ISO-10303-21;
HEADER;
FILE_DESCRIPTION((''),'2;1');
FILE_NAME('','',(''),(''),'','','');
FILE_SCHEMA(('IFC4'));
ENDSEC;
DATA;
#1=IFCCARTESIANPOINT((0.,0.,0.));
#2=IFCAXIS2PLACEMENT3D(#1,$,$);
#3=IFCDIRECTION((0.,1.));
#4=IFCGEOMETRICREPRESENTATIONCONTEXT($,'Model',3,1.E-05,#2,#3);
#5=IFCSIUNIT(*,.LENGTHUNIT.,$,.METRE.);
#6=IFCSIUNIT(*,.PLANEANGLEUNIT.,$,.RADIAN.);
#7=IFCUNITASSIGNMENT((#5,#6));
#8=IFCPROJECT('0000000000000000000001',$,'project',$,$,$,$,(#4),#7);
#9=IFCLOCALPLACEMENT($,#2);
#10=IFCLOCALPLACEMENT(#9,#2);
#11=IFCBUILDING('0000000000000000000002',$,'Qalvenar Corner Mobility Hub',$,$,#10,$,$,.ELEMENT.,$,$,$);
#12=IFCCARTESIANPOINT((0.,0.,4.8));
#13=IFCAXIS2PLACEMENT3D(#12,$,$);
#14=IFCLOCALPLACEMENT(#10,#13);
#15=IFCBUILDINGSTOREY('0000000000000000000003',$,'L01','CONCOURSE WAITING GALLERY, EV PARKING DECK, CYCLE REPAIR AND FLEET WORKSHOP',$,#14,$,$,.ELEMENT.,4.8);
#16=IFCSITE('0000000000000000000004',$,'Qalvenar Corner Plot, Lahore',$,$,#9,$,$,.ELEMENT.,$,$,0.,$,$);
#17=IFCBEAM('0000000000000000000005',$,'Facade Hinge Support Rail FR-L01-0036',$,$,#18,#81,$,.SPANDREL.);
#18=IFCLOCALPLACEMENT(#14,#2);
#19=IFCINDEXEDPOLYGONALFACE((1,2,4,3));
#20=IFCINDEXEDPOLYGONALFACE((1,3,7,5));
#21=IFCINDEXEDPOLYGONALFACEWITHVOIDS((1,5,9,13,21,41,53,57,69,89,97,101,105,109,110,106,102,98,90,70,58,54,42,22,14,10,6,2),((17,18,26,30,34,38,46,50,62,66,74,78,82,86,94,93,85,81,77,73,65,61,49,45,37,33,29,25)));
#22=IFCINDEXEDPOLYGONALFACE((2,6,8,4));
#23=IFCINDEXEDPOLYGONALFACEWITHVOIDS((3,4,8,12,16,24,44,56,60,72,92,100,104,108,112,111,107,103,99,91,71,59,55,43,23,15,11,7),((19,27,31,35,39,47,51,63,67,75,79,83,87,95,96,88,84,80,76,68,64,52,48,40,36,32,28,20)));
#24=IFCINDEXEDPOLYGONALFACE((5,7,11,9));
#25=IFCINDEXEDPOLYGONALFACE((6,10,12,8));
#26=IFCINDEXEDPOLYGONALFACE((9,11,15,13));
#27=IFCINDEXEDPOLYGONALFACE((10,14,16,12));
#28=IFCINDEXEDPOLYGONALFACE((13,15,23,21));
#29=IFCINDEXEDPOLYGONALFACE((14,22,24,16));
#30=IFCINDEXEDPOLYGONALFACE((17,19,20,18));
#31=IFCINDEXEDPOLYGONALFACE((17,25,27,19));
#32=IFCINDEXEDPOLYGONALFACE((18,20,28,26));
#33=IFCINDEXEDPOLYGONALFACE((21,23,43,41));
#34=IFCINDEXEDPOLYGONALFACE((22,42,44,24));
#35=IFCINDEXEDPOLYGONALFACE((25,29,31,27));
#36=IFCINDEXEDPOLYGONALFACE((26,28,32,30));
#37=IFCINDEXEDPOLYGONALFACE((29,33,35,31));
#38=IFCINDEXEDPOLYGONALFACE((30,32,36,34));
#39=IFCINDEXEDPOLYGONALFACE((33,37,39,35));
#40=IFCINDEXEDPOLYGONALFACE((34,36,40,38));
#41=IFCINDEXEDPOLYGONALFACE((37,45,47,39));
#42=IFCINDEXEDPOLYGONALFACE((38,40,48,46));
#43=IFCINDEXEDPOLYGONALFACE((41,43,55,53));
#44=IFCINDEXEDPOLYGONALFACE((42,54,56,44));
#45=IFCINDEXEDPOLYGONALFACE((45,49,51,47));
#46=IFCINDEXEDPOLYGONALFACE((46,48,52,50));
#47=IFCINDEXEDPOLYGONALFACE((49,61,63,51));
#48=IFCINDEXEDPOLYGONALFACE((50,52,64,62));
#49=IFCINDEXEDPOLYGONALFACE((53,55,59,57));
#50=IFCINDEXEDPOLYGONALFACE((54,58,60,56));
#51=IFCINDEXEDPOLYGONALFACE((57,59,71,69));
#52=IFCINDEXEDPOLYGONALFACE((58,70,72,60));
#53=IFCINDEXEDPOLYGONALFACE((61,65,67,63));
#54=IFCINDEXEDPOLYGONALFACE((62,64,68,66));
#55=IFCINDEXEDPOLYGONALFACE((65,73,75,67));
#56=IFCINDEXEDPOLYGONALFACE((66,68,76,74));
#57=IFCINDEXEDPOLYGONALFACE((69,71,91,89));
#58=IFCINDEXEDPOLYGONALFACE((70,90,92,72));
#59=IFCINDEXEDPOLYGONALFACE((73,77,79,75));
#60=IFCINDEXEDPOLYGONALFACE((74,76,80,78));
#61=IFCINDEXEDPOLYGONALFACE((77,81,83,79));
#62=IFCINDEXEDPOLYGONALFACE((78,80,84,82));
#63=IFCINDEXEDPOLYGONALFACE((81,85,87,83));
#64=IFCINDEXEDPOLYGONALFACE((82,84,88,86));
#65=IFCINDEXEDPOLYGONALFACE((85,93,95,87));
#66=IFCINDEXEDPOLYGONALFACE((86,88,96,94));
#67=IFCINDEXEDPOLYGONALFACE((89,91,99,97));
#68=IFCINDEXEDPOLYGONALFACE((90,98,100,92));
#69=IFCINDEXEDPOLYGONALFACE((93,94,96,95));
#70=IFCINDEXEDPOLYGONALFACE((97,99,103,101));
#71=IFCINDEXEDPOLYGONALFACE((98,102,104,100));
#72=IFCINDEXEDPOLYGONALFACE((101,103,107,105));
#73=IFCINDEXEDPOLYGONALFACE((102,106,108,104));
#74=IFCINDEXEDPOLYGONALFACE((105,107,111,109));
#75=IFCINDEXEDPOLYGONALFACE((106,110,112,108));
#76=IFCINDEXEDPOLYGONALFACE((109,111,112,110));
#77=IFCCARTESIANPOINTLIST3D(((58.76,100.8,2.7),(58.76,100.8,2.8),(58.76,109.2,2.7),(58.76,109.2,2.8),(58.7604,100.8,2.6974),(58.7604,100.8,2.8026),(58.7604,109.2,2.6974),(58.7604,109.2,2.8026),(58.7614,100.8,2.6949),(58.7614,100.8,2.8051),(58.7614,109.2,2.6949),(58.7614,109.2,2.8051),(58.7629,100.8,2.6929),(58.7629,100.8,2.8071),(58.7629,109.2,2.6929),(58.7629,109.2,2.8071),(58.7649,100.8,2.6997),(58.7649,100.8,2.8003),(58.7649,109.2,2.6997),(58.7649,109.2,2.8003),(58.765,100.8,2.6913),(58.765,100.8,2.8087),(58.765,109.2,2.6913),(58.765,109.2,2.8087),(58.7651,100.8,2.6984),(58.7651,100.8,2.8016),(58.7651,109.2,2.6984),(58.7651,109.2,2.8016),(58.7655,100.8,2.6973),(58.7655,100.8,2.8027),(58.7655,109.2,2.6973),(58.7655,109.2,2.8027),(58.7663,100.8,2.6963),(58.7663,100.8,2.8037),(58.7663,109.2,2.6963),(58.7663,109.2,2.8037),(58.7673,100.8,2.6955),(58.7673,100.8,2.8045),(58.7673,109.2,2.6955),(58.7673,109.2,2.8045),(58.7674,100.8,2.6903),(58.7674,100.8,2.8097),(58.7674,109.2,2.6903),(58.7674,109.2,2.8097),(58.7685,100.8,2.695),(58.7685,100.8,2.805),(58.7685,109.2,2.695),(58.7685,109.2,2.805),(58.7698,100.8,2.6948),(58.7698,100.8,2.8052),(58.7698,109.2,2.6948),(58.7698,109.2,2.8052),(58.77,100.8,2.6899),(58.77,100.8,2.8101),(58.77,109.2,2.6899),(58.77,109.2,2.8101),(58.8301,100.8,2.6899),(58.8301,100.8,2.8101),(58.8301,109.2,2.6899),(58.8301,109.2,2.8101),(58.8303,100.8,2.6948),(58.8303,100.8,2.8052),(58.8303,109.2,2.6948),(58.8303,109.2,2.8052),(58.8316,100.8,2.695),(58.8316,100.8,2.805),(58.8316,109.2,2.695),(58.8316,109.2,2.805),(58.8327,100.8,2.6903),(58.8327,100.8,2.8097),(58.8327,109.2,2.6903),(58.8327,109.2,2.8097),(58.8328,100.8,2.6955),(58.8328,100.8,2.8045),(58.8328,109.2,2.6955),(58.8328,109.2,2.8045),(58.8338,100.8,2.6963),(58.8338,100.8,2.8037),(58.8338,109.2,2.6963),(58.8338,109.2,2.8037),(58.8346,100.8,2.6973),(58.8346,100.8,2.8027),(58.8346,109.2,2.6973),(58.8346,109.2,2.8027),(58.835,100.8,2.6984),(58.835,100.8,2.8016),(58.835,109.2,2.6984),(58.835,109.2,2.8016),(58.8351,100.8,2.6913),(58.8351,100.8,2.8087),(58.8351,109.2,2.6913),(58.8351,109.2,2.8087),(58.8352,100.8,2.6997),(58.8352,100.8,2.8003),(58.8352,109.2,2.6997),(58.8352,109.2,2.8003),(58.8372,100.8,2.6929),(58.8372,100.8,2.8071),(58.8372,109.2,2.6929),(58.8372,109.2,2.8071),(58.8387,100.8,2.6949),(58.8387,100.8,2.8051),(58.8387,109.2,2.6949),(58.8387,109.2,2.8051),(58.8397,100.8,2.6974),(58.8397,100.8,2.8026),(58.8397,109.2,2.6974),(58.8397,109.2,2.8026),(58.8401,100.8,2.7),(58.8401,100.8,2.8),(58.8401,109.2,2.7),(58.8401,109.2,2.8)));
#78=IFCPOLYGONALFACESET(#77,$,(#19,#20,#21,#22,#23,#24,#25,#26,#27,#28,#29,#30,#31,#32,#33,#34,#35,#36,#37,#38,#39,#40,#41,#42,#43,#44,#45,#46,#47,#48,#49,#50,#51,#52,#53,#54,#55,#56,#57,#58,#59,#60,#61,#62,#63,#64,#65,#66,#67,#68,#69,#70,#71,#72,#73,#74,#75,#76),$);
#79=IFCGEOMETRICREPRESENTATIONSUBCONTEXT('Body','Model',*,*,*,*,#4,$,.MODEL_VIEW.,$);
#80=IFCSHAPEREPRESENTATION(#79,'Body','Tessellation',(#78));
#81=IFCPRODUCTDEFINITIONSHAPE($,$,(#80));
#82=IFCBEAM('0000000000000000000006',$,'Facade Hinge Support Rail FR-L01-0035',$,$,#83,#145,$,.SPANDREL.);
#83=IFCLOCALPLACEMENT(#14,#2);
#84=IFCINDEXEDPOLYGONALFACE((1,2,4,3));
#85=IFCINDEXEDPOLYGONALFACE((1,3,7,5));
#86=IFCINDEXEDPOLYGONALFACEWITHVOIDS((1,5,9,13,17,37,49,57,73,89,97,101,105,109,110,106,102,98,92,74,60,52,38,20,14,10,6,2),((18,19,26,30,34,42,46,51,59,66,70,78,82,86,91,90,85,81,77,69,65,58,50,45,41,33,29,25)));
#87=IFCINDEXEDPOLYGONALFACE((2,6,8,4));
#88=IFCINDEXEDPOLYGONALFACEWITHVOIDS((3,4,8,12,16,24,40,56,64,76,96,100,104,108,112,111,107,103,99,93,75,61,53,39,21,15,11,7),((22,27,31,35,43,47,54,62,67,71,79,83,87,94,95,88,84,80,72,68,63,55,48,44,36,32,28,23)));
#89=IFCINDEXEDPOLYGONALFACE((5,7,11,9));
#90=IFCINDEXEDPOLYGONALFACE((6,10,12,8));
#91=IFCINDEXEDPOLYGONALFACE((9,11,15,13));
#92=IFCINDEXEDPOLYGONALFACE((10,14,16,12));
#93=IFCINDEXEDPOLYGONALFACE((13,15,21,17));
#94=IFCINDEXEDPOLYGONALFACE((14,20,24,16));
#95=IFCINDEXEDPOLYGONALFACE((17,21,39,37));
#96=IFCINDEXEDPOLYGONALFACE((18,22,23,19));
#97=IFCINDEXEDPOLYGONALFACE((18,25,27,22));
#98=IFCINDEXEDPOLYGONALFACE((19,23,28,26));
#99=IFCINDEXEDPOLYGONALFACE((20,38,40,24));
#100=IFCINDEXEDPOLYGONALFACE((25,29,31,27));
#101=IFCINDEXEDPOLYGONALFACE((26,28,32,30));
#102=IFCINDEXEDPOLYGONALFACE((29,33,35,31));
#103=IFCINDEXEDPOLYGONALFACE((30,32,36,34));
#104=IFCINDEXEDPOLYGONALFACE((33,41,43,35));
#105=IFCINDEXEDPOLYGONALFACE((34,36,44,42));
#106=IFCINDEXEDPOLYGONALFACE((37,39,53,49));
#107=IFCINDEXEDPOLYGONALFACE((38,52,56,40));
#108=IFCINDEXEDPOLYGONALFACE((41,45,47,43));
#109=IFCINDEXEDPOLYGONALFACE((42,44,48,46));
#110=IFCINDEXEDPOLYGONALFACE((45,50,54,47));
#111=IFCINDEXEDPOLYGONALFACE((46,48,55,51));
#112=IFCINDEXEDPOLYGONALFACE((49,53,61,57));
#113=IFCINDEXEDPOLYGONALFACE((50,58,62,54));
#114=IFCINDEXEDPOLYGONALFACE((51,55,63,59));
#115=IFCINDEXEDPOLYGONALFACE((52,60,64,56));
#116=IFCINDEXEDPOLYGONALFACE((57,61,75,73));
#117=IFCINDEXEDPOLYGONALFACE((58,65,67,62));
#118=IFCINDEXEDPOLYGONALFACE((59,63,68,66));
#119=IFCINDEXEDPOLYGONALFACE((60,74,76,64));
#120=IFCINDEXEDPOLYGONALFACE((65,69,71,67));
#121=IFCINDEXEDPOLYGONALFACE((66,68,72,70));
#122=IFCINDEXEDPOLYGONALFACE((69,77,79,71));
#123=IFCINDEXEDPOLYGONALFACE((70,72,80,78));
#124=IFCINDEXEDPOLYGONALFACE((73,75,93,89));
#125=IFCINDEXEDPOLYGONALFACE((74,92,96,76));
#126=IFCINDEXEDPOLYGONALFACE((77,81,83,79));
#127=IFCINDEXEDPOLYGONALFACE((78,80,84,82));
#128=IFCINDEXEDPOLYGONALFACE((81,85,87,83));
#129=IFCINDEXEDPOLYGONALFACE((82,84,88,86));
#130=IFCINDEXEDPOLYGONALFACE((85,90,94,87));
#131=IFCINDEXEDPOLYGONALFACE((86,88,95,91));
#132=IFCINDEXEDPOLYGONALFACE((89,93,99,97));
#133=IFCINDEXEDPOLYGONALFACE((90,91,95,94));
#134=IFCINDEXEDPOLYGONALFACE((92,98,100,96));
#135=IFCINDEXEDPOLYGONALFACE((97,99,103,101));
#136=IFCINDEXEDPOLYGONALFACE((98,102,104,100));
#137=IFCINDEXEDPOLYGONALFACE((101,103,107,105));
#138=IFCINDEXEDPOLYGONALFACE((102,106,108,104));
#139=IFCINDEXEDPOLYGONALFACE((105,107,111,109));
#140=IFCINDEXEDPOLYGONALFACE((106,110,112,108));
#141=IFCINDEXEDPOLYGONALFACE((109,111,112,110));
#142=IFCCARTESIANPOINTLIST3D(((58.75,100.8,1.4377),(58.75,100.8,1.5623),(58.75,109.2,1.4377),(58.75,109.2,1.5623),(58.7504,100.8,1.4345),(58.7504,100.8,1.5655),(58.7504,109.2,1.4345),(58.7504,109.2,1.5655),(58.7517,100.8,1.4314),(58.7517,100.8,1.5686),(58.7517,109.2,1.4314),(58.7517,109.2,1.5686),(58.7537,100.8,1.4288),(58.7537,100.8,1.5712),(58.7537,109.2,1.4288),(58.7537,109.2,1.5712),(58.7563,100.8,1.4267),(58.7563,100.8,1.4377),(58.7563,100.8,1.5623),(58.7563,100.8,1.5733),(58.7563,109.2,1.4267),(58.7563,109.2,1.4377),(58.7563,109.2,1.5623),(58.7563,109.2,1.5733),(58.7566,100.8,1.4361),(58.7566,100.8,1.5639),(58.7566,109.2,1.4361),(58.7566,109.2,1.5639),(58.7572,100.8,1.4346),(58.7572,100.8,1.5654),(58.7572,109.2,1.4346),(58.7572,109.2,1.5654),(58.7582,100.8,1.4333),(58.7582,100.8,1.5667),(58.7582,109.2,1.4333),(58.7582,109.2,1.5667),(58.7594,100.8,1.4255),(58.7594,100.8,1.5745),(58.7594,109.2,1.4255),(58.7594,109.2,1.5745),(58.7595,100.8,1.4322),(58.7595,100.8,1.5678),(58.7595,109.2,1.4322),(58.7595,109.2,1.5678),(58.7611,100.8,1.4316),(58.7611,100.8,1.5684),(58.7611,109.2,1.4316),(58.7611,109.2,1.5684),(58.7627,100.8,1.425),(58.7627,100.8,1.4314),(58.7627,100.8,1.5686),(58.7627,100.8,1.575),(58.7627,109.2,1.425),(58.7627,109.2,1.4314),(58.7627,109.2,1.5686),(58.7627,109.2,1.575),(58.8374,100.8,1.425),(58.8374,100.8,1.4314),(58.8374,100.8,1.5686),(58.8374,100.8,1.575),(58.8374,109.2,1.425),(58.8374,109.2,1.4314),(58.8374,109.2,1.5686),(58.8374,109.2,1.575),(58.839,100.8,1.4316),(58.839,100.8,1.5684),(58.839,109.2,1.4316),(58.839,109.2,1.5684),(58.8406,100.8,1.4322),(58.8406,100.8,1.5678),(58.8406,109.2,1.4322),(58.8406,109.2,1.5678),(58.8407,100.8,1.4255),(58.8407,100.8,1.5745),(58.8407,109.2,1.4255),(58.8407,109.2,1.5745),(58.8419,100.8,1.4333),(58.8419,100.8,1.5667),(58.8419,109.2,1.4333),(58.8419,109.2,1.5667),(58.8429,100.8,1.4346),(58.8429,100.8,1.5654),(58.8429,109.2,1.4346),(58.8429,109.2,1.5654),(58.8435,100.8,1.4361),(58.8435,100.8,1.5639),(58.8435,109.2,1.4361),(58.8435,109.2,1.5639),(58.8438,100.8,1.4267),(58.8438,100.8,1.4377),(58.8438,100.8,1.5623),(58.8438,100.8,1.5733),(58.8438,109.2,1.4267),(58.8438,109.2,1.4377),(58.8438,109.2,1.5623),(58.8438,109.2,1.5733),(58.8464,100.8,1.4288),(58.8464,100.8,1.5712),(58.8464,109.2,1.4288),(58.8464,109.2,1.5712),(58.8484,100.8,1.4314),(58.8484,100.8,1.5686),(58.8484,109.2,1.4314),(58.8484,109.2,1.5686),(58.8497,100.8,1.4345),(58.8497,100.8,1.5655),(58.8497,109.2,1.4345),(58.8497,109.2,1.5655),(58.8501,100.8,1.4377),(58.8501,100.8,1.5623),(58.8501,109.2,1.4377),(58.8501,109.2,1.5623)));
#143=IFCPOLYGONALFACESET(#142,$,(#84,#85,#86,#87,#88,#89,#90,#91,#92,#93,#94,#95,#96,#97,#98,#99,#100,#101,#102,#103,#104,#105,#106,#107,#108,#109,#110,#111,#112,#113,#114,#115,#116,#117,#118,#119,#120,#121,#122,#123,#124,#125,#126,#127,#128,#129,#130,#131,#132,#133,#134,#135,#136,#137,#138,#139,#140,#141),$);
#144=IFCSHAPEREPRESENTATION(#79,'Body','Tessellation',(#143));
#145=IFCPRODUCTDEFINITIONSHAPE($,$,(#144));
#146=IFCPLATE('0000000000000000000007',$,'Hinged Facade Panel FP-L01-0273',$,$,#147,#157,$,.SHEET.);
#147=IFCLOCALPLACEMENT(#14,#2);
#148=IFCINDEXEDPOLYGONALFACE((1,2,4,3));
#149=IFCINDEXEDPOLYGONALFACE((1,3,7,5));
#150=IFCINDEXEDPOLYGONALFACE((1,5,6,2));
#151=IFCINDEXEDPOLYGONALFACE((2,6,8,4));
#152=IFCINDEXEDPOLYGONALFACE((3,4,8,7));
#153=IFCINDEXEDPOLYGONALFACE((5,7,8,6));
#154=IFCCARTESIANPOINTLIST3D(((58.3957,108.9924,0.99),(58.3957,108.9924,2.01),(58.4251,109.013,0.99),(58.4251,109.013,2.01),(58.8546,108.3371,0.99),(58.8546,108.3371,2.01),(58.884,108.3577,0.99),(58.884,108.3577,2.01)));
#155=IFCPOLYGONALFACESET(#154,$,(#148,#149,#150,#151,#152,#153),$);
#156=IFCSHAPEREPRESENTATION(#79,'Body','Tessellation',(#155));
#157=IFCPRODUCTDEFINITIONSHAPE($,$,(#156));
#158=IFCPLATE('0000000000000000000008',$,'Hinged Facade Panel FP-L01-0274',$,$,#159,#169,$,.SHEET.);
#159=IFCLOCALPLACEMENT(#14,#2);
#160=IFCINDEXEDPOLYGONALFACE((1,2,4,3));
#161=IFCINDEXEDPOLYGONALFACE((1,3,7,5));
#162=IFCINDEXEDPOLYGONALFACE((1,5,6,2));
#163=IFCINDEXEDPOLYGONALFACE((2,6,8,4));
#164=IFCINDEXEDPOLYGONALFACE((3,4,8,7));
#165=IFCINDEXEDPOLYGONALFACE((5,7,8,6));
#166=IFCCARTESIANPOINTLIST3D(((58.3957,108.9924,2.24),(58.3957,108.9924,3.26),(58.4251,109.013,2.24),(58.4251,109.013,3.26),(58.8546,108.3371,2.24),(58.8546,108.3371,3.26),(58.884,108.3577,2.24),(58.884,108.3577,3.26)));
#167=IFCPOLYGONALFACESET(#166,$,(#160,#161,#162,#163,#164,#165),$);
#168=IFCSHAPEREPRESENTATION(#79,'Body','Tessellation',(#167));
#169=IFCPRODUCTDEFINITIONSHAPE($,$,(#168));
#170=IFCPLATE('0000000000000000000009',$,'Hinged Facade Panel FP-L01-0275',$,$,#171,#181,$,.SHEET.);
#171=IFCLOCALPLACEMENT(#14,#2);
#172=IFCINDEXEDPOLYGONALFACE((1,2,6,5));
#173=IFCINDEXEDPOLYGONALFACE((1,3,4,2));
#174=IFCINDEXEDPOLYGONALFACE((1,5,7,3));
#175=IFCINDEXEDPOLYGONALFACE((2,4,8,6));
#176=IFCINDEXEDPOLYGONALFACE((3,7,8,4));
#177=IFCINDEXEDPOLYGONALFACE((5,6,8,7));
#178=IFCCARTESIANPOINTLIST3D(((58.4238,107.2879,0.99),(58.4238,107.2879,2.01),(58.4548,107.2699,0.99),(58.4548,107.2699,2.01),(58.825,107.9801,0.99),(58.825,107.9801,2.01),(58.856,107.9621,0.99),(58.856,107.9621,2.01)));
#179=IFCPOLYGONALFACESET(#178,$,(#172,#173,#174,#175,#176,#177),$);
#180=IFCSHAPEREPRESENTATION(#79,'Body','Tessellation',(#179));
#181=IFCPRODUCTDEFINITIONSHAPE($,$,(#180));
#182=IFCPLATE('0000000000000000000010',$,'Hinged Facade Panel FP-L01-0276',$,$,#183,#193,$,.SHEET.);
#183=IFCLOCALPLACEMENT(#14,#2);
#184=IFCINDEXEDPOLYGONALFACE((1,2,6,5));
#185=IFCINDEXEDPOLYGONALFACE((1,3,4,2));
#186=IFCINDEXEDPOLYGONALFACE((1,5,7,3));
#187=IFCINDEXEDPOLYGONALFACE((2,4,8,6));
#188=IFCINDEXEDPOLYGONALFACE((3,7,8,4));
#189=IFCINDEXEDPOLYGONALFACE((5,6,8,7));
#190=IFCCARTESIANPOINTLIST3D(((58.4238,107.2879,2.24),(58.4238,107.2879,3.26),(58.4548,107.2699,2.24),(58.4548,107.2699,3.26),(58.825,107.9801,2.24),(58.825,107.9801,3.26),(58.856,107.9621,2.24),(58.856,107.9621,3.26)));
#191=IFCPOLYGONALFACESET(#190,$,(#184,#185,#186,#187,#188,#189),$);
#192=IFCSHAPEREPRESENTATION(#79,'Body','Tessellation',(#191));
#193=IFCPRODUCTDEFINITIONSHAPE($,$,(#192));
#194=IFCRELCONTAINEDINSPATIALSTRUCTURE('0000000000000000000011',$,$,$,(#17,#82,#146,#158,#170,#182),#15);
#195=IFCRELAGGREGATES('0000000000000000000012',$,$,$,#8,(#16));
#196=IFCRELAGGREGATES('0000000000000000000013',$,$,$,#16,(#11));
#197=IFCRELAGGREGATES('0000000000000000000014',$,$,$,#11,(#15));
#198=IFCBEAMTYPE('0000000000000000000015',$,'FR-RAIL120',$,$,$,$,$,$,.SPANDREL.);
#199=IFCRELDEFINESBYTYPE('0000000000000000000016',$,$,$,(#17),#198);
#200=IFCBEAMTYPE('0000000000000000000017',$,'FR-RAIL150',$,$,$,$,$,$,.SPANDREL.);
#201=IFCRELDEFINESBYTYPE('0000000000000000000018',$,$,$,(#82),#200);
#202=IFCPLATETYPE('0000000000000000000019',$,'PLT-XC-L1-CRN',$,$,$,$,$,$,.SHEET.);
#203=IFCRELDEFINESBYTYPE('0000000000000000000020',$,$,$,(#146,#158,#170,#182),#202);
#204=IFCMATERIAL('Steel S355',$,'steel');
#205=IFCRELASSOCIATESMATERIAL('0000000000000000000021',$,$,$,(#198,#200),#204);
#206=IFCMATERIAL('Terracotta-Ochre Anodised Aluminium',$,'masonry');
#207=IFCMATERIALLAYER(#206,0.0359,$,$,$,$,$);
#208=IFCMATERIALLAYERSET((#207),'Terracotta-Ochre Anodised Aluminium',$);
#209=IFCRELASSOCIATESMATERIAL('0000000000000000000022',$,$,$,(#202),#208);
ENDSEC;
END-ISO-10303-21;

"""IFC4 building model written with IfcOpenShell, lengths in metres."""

from ifc_helpers import new_model, si_unit, direction, frame, origin, origin_2d, place, context, subcontext, project, spatial, rectangle, hollow_rectangle, extrude, material, layer, layer_set, material_profile, profile_set, type_object, element, save


model = new_model("IFC4")

# Units and contexts
model_context = context("Model", 3, precision=1e-05, world=origin(), true_north=direction((0.0, 1.0)))
body_context = subcontext(model_context, "Body", "Model", "MODEL_VIEW")
ifc_project = project(units=[si_unit("LENGTHUNIT", "METRE"), si_unit("PLANEANGLEUNIT", "RADIAN")], contexts=[model_context])

# Site, building, storey
site_placement = place(None, origin())
site = spatial("IfcSite", under=ifc_project, at=site_placement, Name="Qalvenar Corner Plot, Lahore", CompositionType="ELEMENT", RefElevation=0.0)
building_placement = place(site_placement, origin())
building = spatial("IfcBuilding", under=site, at=building_placement, Name="Qalvenar Corner Mobility Hub", CompositionType="ELEMENT")
storey_placement = place(building_placement, frame((0.0, 0.0, 4.8)))
storey = spatial("IfcBuildingStorey", under=building, at=storey_placement, Name="L01", Description="CONCOURSE WAITING GALLERY, EV PARKING DECK, CYCLE REPAIR AND FLEET WORKSHOP", CompositionType="ELEMENT", Elevation=4.8)

# Shared definitions
ifc_material_1 = material(Name="Steel S355", Category="steel")

# Beams
ifc_material_profile_1 = material_profile(ifc_material_1, hollow_rectangle(XDim=0.0801, YDim=0.1201, WallThickness=0.0049, InnerFilletRadius=0.0049, OuterFilletRadius=0.01, at=origin_2d()), Name="RHS120x80x5")
ifc_profile_set_1 = profile_set([ifc_material_profile_1], Name="Steel S355")
beam_type_1 = type_object("IfcBeamType", Name="FR-RAIL120", PredefinedType="SPANDREL", material=ifc_profile_set_1)
beam_1_placement = place(storey_placement, frame((58.8, 109.2, 2.75), z_axis=(0.0, -1.0, 0.0), x_axis=(1.0, 0.0, 0.0)))
element("IfcBeam", 1, at=beam_1_placement, inside=storey, type_object=beam_type_1, Name="Facade Hinge Support Rail FR-L01-0036", PredefinedType="SPANDREL", context=body_context, shape_type="SweptSolid", body=[
    extrude(hollow_rectangle(XDim=0.0801, YDim=0.1201, WallThickness=0.0049, InnerFilletRadius=0.0049, OuterFilletRadius=0.01, at=origin_2d()), origin(), (0.0, 0.0, 1.0), 8.3999),
])
ifc_material_profile_2 = material_profile(ifc_material_1, hollow_rectangle(XDim=0.1001, YDim=0.1499, WallThickness=0.0063, InnerFilletRadius=0.0063, OuterFilletRadius=0.0127, at=origin_2d()), Name="RHS150x100x6.3")
ifc_profile_set_2 = profile_set([ifc_material_profile_2], Name="Steel S355")
beam_type_2 = type_object("IfcBeamType", Name="FR-RAIL150", PredefinedType="SPANDREL", material=ifc_profile_set_2)
beam_2_placement = place(storey_placement, frame((58.8, 109.2, 1.5), z_axis=(0.0, -1.0, 0.0), x_axis=(1.0, 0.0, 0.0)))
element("IfcBeam", 2, at=beam_2_placement, inside=storey, type_object=beam_type_2, Name="Facade Hinge Support Rail FR-L01-0035", PredefinedType="SPANDREL", context=body_context, shape_type="SweptSolid", body=[
    extrude(hollow_rectangle(XDim=0.1001, YDim=0.1499, WallThickness=0.0063, InnerFilletRadius=0.0063, OuterFilletRadius=0.0127, at=origin_2d()), origin(), (0.0, 0.0, 1.0), 8.3999),
])

# Plates
ifc_material_2 = material(Name="Terracotta-Ochre Anodised Aluminium", Category="masonry")
ifc_layer_1 = layer(ifc_material_2, 0.0359)
ifc_layer_set_1 = layer_set([ifc_layer_1], Name="Terracotta-Ochre Anodised Aluminium")
plate_type_1 = type_object("IfcPlateType", Name="PLT-XC-L1-CRN", PredefinedType="SHEET", material=ifc_layer_set_1)
for number, where, z_axis, x_axis, name in (
    (3, (58.6399, 108.675, 0.99), (0.0, 0.0, 1.0), (0.573576, -0.819152, 0.0), "Hinged Facade Panel FP-L01-0273"),
    (4, (58.6399, 108.675, 2.24), (0.0, 0.0, 1.0), (0.573576, -0.819152, 0.0), "Hinged Facade Panel FP-L01-0274"),
    (5, (58.6399, 107.625, 0.99), (0.0, 0.0, 1.0), (-0.501511, -0.865151, 0.0), "Hinged Facade Panel FP-L01-0275"),
    (6, (58.6399, 107.625, 2.24), (0.0, 0.0, 1.0), (-0.501511, -0.865151, 0.0), "Hinged Facade Panel FP-L01-0276"),
):
    element("IfcPlate", number, at=place(storey_placement, frame(where, z_axis=z_axis, x_axis=x_axis)), inside=storey, type_object=plate_type_1, Name=name, PredefinedType="SHEET", context=body_context, shape_type="SweptSolid", body=[
        extrude(rectangle(XDim=0.8, YDim=0.0359, at=origin_2d()), origin(), (0.0, 0.0, 1.0), 1.02),
    ])

save(model, "model.ifc")
